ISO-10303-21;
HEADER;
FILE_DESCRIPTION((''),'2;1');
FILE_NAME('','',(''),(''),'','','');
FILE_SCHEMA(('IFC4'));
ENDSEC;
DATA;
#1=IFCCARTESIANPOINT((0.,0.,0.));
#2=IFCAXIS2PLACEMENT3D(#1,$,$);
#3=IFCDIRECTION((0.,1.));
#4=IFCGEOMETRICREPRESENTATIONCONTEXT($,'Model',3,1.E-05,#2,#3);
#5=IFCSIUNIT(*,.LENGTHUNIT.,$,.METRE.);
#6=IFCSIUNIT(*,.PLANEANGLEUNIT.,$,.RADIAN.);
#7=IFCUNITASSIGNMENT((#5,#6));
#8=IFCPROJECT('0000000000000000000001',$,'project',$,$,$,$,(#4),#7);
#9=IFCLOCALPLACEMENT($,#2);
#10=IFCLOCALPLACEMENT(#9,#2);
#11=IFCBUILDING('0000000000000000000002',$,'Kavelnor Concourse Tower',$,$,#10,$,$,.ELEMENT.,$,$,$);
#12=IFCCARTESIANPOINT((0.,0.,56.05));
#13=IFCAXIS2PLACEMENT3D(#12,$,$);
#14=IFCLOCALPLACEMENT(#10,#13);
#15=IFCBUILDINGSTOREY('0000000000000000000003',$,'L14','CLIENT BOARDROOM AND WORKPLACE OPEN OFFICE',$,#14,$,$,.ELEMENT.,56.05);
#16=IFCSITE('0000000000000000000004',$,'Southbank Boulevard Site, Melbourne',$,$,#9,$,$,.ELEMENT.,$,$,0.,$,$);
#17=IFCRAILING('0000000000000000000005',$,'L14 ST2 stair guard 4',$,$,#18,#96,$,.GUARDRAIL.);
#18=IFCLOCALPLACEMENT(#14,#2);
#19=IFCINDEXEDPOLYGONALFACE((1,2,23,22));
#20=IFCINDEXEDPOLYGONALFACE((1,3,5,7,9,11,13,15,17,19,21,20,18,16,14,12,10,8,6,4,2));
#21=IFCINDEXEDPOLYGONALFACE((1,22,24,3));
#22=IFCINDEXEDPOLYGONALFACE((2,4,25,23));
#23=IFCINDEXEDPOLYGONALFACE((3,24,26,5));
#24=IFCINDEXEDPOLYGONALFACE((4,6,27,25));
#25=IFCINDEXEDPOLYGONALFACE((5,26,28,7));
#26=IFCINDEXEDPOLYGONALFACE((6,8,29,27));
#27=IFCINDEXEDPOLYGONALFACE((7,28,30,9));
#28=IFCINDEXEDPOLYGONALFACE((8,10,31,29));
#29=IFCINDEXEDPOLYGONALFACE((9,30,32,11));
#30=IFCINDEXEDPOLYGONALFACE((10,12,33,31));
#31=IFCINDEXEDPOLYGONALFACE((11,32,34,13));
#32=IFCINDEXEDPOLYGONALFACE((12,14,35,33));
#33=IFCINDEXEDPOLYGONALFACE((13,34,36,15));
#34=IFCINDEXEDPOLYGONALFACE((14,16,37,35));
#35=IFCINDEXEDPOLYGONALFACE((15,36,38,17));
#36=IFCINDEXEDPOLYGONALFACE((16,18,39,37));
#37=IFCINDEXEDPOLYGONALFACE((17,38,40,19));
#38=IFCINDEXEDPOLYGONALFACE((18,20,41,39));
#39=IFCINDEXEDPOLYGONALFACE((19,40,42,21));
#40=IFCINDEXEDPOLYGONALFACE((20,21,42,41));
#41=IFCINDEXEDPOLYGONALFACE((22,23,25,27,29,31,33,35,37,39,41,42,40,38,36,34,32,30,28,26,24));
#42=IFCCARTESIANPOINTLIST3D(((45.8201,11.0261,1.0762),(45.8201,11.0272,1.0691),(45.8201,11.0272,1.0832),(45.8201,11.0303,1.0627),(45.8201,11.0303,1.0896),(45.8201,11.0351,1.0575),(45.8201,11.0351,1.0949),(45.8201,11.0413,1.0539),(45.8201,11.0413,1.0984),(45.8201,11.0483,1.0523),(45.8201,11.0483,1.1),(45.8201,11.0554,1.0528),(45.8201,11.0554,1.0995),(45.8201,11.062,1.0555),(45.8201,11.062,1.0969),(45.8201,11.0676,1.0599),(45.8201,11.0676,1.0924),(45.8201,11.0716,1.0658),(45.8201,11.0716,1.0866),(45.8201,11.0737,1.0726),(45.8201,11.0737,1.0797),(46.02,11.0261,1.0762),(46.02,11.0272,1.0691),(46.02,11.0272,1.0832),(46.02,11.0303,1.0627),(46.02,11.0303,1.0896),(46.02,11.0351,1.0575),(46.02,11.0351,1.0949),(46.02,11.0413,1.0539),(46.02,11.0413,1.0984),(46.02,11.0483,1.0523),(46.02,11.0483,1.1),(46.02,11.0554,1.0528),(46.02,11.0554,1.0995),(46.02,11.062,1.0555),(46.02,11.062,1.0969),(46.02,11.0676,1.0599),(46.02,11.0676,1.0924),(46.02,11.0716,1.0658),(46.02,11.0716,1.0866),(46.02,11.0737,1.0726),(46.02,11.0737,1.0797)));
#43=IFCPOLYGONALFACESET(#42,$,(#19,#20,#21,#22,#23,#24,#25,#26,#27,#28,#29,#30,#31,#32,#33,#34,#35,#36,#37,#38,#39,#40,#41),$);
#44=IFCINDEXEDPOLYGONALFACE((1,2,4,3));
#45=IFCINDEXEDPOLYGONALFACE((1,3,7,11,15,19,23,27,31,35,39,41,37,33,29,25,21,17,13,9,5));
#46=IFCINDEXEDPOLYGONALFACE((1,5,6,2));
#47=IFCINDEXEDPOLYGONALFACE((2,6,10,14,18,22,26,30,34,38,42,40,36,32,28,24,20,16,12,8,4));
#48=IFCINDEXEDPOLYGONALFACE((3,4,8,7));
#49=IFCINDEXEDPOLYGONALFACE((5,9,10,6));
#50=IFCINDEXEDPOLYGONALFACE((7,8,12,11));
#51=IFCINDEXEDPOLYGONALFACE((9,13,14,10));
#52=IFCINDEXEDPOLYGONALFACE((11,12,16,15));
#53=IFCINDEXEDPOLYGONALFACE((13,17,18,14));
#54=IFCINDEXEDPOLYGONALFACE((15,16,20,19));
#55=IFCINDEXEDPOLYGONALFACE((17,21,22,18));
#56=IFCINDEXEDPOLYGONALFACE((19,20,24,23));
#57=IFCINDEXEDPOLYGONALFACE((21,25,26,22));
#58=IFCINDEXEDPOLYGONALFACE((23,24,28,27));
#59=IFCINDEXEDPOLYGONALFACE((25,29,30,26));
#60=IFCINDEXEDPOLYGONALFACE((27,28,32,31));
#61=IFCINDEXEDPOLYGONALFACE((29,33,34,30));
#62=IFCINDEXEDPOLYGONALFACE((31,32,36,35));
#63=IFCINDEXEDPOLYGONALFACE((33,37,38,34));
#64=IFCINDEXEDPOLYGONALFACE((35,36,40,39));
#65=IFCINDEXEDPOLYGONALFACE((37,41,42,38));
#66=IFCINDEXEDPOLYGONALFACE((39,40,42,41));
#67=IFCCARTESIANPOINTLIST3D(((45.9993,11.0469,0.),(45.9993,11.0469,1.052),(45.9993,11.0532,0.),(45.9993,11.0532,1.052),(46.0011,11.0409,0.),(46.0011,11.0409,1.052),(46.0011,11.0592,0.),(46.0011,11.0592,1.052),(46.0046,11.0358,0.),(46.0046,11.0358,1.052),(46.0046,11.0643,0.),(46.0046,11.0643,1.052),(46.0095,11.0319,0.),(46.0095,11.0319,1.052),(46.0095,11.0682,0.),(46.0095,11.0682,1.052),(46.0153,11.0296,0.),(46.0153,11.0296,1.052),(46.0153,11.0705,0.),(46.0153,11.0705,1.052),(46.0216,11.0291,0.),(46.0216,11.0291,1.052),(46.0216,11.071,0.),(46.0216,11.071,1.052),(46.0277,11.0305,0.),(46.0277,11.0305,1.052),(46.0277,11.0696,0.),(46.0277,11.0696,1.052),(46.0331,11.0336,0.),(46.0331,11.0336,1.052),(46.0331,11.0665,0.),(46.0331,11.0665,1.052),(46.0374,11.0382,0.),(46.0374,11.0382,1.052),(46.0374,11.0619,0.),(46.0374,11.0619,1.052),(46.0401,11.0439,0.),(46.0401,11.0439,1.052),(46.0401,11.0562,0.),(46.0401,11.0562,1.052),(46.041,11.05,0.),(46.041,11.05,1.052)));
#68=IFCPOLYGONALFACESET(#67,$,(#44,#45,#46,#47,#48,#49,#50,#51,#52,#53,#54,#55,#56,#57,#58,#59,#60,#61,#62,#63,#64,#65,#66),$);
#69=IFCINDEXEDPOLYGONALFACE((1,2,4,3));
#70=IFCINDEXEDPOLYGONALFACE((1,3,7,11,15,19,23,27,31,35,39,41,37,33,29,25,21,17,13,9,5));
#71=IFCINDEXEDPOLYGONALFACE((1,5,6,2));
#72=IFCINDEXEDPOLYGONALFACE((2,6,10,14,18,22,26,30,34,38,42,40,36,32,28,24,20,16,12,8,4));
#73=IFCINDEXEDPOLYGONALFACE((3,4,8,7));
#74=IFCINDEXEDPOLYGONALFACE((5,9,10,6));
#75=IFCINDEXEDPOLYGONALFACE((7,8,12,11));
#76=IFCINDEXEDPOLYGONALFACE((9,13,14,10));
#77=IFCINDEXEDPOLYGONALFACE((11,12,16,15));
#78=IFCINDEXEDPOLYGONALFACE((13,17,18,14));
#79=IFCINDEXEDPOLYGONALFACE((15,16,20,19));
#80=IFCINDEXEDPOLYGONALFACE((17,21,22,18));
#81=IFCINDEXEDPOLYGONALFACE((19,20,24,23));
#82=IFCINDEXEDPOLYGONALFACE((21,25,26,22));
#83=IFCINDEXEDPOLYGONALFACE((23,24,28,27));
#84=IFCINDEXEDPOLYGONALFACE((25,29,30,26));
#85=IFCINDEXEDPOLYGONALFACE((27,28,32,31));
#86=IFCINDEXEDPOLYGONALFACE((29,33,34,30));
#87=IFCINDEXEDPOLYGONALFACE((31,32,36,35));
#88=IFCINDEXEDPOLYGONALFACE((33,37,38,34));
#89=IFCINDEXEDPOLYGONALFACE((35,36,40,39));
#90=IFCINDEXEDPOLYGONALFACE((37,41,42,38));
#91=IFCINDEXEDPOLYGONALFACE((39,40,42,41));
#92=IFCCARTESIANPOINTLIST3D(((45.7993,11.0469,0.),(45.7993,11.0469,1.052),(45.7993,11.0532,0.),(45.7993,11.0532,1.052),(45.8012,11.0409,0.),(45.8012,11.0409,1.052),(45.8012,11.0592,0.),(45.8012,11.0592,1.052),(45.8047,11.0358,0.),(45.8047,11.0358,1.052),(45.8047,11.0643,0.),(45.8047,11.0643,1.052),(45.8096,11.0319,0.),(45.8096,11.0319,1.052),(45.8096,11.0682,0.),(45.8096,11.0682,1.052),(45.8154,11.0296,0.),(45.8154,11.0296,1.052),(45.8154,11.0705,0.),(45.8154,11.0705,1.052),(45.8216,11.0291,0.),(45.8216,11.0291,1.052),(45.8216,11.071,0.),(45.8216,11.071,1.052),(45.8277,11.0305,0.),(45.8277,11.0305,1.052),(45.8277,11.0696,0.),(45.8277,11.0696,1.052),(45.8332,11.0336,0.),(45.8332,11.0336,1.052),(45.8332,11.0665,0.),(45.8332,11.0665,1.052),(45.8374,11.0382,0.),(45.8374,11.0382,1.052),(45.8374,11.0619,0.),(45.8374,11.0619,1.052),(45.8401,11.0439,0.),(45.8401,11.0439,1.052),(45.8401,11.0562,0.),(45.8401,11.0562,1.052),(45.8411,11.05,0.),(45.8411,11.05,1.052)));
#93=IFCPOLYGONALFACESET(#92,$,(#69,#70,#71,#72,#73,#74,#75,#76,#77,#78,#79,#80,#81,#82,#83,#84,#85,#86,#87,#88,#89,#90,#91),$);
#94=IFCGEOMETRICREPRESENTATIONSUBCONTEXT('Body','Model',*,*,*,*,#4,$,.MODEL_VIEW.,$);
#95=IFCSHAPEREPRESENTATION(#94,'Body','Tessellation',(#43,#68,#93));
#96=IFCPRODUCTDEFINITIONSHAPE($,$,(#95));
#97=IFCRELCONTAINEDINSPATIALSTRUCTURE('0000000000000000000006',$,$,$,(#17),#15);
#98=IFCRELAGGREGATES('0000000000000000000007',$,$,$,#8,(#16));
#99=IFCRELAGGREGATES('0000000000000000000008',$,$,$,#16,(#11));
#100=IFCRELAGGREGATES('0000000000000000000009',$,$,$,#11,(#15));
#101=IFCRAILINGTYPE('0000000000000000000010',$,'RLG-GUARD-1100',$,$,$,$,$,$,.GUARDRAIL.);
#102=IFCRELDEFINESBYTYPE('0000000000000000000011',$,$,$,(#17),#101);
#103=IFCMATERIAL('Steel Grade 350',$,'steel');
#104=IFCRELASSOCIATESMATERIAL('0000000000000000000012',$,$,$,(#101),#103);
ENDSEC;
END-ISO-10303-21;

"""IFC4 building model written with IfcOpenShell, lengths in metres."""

from ifc_helpers import new_model, si_unit, direction, frame, origin, origin_2d, place, context, subcontext, project, spatial, circle, extrude, material, type_object, element, save


model = new_model("IFC4")

# Units and contexts
model_context = context("Model", 3, precision=1e-05, world=origin(), true_north=direction((0.0, 1.0)))
body_context = subcontext(model_context, "Body", "Model", "MODEL_VIEW")
ifc_project = project(units=[si_unit("LENGTHUNIT", "METRE"), si_unit("PLANEANGLEUNIT", "RADIAN")], contexts=[model_context])

# Site, building, storey
site_placement = place(None, origin())
site = spatial("IfcSite", under=ifc_project, at=site_placement, Name="Southbank Boulevard Site, Melbourne", CompositionType="ELEMENT", RefElevation=0.0)
building_placement = place(site_placement, origin())
building = spatial("IfcBuilding", under=site, at=building_placement, Name="Kavelnor Concourse Tower", CompositionType="ELEMENT")
storey_placement = place(building_placement, frame((0.0, 0.0, 56.05)))
storey = spatial("IfcBuildingStorey", under=building, at=storey_placement, Name="L14", Description="CLIENT BOARDROOM AND WORKPLACE OPEN OFFICE", CompositionType="ELEMENT", Elevation=56.05)

# Shared definitions
ifc_material_1 = material(Name="Steel Grade 350", Category="steel")

# Railing
railing_type_1 = type_object("IfcRailingType", Name="RLG-GUARD-1100", PredefinedType="GUARDRAIL", material=ifc_material_1)
railing_1_placement = place(storey_placement, frame((46.02, 11.05, 0.0)))
element("IfcRailing", 1, at=railing_1_placement, inside=storey, type_object=railing_type_1, Name="L14 ST2 stair guard 4", PredefinedType="GUARDRAIL", context=body_context, shape_type="SweptSolid", body=[
    extrude(circle(Radius=0.0239, at=origin_2d()), frame((0.0, 0.0, 1.0762), z_axis=(-1.0, 0.0, 0.0), x_axis=(0.0, -1.0, 0.0)), (0.0, 0.0, 1.0), 0.2),
    extrude(circle(Radius=0.021, at=origin_2d()), origin(), (0.0, 0.0, 1.0), 1.052),
    extrude(circle(Radius=0.021, at=origin_2d()), frame((-0.2, 0.0, 0.0)), (0.0, 0.0, 1.0), 1.052),
])

save(model, "model.ifc")
